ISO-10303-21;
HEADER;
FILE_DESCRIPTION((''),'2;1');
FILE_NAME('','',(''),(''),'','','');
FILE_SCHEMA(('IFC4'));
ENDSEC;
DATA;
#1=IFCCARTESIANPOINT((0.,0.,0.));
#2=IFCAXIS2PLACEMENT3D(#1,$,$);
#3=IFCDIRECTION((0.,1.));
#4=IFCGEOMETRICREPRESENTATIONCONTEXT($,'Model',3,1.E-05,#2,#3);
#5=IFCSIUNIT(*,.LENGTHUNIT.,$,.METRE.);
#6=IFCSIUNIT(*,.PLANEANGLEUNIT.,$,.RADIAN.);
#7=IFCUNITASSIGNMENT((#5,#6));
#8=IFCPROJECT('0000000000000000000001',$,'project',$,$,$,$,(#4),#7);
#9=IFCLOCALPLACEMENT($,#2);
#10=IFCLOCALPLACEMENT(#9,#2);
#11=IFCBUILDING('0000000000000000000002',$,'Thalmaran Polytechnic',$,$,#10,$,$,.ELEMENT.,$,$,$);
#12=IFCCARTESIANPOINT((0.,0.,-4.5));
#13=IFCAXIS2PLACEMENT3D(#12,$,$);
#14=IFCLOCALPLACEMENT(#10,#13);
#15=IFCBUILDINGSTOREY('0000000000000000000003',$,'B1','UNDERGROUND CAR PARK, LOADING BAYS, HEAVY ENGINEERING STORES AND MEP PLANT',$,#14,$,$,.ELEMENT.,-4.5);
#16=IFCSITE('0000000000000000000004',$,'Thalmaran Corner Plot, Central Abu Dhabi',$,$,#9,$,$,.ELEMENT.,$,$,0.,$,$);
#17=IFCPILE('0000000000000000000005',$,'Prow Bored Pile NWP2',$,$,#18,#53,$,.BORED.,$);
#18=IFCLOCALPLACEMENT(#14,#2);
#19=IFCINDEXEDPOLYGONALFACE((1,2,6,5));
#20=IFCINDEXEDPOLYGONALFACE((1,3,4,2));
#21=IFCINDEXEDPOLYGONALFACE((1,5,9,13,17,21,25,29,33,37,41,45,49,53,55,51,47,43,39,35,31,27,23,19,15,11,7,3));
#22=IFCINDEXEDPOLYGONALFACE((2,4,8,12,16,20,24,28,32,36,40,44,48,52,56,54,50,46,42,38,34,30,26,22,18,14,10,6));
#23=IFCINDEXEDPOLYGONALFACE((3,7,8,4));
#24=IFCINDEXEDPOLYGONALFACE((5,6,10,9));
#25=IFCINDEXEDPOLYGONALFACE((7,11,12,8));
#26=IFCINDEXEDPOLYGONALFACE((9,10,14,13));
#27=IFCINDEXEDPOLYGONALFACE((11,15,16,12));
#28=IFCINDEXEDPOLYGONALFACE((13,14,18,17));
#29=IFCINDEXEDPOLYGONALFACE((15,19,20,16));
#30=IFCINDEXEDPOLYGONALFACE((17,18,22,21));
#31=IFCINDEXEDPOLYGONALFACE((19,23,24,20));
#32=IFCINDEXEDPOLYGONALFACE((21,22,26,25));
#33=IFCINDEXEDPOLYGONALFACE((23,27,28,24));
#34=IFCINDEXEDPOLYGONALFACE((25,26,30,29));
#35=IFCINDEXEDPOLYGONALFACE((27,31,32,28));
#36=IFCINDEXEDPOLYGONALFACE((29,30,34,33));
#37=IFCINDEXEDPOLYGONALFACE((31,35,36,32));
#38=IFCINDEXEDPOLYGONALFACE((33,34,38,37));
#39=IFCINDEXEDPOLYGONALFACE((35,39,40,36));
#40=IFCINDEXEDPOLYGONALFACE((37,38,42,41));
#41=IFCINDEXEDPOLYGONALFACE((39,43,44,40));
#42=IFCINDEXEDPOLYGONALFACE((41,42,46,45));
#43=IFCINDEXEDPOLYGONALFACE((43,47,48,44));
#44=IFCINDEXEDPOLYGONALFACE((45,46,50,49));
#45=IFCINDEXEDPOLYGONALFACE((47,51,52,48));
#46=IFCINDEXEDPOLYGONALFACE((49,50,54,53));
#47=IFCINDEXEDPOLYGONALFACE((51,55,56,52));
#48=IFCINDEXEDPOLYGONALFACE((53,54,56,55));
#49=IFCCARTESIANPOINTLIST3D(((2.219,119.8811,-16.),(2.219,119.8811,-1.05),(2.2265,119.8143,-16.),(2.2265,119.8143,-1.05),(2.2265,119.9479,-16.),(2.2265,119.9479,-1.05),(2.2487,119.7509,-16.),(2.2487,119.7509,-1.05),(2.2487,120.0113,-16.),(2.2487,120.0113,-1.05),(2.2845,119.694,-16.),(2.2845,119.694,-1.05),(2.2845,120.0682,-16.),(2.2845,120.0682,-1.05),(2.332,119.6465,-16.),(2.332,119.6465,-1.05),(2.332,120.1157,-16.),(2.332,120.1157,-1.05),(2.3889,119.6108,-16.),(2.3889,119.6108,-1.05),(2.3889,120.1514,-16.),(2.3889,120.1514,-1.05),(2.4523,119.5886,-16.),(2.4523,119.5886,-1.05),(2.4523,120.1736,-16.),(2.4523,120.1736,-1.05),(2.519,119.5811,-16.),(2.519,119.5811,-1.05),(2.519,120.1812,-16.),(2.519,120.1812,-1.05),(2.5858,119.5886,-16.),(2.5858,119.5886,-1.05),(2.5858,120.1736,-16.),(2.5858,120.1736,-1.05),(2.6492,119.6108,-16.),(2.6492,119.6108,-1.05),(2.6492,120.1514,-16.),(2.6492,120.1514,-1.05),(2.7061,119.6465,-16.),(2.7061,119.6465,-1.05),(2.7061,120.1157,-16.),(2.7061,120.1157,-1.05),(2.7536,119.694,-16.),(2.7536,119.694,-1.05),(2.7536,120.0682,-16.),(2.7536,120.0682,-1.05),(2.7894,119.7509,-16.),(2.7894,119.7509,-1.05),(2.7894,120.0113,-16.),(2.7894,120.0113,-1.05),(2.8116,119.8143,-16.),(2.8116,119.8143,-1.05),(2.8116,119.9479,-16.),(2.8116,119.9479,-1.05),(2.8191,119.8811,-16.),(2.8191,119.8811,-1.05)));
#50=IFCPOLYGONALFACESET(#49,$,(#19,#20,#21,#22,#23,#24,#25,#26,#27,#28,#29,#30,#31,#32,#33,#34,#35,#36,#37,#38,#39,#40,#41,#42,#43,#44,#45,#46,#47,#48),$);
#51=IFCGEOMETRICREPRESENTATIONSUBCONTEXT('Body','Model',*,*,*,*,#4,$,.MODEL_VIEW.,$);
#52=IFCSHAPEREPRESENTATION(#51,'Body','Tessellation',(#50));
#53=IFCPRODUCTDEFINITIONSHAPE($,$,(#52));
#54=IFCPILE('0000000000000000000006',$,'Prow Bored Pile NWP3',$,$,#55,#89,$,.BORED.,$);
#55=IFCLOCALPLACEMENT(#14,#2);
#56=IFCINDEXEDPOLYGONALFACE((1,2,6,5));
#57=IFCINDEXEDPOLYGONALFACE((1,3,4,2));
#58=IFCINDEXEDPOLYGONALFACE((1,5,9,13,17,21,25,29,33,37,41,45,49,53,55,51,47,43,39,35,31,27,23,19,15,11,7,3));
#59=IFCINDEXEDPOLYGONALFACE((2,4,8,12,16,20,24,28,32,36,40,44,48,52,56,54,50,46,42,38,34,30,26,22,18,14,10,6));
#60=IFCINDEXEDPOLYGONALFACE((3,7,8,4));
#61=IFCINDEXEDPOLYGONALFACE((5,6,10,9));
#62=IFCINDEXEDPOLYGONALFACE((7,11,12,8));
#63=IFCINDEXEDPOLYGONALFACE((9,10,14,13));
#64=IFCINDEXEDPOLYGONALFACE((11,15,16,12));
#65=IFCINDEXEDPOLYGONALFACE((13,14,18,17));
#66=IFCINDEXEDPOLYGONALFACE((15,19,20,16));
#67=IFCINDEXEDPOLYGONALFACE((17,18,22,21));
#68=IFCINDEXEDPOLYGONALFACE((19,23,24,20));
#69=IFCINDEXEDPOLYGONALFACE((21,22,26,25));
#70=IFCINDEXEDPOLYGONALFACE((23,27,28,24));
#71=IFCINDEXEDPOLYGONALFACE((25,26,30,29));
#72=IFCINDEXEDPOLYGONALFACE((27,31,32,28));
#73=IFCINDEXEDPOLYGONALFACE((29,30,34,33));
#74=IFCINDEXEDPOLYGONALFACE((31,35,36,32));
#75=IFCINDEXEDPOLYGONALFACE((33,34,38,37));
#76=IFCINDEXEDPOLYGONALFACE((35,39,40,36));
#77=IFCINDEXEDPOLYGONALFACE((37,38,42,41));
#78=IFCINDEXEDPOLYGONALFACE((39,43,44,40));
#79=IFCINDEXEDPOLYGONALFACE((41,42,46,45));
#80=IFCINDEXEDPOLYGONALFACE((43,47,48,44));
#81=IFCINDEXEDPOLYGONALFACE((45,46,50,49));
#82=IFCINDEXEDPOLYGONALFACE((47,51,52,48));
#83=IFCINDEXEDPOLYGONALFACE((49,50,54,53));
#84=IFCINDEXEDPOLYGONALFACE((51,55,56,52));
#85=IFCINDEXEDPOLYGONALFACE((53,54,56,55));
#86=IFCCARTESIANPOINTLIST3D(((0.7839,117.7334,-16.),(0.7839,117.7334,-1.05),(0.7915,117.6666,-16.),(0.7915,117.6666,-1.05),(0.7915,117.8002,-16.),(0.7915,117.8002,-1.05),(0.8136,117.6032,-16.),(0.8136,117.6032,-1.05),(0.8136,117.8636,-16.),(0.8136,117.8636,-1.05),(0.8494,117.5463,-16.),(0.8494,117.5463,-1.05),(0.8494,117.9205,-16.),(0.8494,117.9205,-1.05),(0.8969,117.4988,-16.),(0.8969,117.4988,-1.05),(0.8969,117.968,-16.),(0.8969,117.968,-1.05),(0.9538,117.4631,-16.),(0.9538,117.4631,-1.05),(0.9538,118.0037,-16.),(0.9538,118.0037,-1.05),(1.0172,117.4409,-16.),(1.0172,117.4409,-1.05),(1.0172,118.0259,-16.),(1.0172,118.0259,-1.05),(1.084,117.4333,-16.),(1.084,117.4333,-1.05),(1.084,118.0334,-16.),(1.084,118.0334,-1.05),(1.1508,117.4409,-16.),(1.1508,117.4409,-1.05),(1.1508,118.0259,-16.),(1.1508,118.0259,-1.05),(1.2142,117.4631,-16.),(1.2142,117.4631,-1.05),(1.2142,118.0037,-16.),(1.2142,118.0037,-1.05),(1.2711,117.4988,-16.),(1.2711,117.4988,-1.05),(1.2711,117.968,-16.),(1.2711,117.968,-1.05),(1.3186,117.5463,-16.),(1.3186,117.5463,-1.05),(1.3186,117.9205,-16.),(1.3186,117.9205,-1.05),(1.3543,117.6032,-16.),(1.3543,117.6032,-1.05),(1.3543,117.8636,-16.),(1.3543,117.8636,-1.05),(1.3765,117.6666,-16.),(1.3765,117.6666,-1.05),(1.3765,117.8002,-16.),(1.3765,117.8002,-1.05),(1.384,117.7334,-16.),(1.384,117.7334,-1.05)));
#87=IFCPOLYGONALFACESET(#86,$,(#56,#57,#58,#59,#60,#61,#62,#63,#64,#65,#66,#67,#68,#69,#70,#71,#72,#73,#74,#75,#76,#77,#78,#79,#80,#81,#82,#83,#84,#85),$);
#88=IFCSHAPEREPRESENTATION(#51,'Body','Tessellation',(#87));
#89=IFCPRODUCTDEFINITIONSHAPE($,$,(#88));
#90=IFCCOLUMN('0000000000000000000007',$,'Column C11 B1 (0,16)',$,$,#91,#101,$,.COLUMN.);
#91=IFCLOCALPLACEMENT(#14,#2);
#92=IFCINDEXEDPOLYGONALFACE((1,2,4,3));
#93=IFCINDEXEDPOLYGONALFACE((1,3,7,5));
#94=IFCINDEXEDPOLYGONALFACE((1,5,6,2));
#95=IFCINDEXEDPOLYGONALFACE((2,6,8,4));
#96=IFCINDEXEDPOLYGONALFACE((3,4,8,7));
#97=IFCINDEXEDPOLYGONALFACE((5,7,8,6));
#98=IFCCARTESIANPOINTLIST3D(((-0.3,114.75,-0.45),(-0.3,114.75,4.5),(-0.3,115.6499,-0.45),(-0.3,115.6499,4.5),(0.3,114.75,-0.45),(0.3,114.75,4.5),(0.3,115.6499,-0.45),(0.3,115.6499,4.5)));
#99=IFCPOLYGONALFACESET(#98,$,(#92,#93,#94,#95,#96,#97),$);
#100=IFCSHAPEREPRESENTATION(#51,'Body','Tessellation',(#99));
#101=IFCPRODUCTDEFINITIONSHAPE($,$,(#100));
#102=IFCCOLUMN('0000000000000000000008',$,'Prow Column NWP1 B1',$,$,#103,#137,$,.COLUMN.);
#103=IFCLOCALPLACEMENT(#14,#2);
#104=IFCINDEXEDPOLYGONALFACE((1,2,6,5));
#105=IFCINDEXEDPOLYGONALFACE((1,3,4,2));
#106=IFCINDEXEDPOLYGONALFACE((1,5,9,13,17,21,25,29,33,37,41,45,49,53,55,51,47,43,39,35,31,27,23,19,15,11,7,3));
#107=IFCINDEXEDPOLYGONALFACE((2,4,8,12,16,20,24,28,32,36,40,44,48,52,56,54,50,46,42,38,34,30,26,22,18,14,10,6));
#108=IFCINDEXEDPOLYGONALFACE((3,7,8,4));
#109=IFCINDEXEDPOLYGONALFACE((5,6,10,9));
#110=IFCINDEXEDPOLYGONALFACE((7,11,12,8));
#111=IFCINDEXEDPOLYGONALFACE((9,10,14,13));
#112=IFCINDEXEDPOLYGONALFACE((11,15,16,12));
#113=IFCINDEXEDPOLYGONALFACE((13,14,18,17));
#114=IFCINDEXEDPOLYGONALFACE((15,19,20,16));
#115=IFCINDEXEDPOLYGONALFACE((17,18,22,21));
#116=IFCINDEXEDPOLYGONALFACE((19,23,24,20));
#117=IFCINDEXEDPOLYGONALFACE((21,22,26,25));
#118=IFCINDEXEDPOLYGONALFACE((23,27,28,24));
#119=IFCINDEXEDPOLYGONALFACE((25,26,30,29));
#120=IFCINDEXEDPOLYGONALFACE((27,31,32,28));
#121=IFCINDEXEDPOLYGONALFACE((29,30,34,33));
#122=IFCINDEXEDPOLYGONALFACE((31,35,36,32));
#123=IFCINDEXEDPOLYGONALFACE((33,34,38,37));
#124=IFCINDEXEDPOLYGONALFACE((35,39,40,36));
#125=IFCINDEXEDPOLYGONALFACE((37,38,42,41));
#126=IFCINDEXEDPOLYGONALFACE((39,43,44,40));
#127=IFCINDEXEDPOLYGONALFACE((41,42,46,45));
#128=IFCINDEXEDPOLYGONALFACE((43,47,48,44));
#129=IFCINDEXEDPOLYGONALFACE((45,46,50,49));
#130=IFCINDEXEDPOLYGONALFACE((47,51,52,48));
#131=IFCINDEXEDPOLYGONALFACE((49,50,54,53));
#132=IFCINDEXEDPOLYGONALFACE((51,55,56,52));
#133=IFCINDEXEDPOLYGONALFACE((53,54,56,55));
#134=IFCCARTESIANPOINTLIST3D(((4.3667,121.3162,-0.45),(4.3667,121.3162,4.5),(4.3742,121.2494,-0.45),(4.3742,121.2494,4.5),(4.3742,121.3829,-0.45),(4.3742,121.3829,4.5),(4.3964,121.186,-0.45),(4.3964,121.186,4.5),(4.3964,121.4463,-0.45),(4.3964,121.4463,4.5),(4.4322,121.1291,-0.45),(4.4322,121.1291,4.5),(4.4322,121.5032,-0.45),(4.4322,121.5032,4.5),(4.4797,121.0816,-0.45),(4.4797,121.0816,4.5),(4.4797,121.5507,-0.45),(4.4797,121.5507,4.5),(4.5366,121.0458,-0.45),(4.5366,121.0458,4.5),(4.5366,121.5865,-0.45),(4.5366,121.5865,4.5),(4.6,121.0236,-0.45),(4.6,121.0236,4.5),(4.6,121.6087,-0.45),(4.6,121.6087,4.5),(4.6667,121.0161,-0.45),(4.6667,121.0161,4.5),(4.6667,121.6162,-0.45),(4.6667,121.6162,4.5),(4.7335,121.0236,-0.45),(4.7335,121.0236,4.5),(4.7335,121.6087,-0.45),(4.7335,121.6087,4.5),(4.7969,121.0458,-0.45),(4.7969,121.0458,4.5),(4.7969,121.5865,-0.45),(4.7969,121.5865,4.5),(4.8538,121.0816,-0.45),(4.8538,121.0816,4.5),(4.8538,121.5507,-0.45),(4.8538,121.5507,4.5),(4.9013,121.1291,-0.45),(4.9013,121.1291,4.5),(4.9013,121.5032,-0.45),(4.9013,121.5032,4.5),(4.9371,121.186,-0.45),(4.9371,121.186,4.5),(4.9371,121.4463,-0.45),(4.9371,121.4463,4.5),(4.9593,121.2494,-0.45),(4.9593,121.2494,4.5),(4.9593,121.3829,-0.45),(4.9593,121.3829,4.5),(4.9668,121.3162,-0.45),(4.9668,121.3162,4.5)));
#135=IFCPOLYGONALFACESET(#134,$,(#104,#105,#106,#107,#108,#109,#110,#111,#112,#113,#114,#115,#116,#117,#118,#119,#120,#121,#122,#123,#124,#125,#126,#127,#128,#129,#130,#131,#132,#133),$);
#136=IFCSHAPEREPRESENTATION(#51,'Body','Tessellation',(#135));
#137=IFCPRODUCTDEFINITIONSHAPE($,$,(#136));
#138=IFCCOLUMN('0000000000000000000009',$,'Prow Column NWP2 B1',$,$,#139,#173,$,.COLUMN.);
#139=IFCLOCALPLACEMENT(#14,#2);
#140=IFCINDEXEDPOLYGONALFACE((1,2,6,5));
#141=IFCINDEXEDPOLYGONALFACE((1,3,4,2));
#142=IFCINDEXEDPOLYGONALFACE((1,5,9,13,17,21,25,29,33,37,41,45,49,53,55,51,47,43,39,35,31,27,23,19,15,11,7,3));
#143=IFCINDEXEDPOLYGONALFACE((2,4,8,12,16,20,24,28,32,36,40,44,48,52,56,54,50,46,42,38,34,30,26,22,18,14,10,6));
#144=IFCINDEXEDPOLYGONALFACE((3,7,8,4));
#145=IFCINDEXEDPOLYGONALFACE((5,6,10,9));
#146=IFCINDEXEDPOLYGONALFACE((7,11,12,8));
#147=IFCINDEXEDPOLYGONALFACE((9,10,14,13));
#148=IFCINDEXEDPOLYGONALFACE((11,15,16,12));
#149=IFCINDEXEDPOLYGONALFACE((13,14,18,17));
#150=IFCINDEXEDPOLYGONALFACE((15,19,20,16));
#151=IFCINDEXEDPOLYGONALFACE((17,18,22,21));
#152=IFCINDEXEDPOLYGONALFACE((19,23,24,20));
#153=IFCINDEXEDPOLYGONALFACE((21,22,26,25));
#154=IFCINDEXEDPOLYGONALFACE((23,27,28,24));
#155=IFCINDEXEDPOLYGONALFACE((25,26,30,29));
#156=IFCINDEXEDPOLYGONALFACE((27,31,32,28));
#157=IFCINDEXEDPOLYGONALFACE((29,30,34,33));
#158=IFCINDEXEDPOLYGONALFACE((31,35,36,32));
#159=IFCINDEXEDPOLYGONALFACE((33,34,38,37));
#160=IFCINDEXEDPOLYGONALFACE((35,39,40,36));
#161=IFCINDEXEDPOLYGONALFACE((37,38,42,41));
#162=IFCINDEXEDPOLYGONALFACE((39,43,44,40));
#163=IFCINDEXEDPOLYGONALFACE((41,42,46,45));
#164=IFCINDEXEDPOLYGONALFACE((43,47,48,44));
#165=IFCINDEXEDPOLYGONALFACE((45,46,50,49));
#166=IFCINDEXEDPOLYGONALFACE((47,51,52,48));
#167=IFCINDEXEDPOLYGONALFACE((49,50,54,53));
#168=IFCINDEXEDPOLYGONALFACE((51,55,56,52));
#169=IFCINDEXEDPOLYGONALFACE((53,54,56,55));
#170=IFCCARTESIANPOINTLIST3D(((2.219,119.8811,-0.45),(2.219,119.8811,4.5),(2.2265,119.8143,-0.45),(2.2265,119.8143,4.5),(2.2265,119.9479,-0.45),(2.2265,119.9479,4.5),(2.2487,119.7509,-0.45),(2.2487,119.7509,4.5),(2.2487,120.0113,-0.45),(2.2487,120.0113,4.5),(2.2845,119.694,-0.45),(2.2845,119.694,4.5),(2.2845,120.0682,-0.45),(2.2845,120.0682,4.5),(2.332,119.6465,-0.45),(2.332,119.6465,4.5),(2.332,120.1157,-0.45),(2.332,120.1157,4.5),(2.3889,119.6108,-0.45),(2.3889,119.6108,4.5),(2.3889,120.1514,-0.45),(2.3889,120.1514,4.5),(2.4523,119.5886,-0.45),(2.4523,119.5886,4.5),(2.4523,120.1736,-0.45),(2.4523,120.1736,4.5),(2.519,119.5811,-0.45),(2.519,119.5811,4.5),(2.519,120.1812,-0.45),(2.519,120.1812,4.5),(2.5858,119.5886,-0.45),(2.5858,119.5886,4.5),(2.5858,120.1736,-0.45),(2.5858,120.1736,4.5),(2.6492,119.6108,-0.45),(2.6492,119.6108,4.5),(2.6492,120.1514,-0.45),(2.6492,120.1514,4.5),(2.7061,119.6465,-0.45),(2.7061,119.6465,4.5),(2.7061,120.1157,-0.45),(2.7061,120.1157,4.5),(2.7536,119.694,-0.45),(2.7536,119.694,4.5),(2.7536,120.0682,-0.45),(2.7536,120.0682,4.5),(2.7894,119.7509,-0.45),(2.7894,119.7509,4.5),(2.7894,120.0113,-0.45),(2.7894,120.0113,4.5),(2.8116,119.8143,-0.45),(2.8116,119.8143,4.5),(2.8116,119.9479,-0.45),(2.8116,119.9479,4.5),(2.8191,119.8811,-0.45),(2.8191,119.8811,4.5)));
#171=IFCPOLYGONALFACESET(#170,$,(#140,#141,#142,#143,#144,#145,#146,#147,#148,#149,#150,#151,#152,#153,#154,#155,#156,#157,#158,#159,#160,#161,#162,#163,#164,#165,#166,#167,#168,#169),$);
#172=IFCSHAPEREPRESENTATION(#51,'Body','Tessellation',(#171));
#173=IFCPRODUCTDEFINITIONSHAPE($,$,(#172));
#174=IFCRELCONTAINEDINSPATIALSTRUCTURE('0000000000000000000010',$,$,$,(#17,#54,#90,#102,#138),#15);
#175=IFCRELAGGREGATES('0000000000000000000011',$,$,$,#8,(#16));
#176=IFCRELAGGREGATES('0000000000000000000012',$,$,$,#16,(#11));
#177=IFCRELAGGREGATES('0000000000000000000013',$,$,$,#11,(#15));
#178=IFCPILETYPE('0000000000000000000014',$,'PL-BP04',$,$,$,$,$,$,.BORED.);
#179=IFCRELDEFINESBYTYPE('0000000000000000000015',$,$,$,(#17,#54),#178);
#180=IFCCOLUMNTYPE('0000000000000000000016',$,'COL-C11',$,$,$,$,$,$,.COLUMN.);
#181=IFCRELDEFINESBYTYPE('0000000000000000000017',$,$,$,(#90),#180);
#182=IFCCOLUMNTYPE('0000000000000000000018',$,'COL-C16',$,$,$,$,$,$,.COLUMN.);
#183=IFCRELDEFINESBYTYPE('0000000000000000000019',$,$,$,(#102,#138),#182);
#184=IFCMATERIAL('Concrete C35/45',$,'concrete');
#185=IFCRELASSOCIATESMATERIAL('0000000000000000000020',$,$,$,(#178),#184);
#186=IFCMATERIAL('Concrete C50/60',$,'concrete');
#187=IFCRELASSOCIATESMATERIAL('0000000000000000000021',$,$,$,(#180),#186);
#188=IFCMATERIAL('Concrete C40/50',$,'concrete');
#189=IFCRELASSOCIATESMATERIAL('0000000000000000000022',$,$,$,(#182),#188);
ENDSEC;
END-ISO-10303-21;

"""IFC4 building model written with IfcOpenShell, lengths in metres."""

from ifc_helpers import new_model, si_unit, direction, frame, origin, origin_2d, place, context, subcontext, project, spatial, rectangle, circle, extrude, material, material_profile, profile_set, type_object, element, save


model = new_model("IFC4")

# Units and contexts
model_context = context("Model", 3, precision=1e-05, world=origin(), true_north=direction((0.0, 1.0)))
body_context = subcontext(model_context, "Body", "Model", "MODEL_VIEW")
ifc_project = project(units=[si_unit("LENGTHUNIT", "METRE"), si_unit("PLANEANGLEUNIT", "RADIAN")], contexts=[model_context])

# Site, building, storey
site_placement = place(None, origin())
site = spatial("IfcSite", under=ifc_project, at=site_placement, Name="Thalmaran Corner Plot, Central Abu Dhabi", CompositionType="ELEMENT", RefElevation=0.0)
building_placement = place(site_placement, origin())
building = spatial("IfcBuilding", under=site, at=building_placement, Name="Thalmaran Polytechnic", CompositionType="ELEMENT")
storey_placement = place(building_placement, frame((0.0, 0.0, -4.5)))
storey = spatial("IfcBuildingStorey", under=building, at=storey_placement, Name="B1", Description="UNDERGROUND CAR PARK, LOADING BAYS, HEAVY ENGINEERING STORES AND MEP PLANT", CompositionType="ELEMENT", Elevation=-4.5)

# Shared definitions
ifc_material_1 = material(Name="Concrete C40/50", Category="concrete")

# Piles
ifc_material_2 = material(Name="Concrete C35/45", Category="concrete")
ifc_material_profile_1 = material_profile(ifc_material_2, circle(Radius=0.3, at=origin_2d()), Name="RC 600 DIA")
ifc_profile_set_1 = profile_set([ifc_material_profile_1], Name="Concrete C35/45")
pile_type_1 = type_object("IfcPileType", Name="PL-BP04", PredefinedType="BORED", material=ifc_profile_set_1)
for number, where, z_axis, x_axis, name in (
    (1, (2.519, 119.8811, -1.05), (0.0, 0.0, -1.0), (1.0, 0.0, 0.0), "Prow Bored Pile NWP2"),
    (2, (1.084, 117.7334, -1.05), (0.0, 0.0, -1.0), (1.0, 0.0, 0.0), "Prow Bored Pile NWP3"),
):
    element("IfcPile", number, at=place(storey_placement, frame(where, z_axis=z_axis, x_axis=x_axis)), inside=storey, type_object=pile_type_1, Name=name, PredefinedType="BORED", context=body_context, shape_type="SweptSolid", body=[
        extrude(circle(Radius=0.3, at=origin_2d()), origin(), (0.0, 0.0, 1.0), 14.95),
    ])

# Columns
ifc_material_3 = material(Name="Concrete C50/60", Category="concrete")
ifc_material_profile_2 = material_profile(ifc_material_3, rectangle(XDim=0.6001, YDim=0.8999, at=origin_2d()), Name="RC 600x900")
ifc_profile_set_2 = profile_set([ifc_material_profile_2], Name="Concrete C50/60")
column_type_1 = type_object("IfcColumnType", Name="COL-C11", PredefinedType="COLUMN", material=ifc_profile_set_2)
column_placement = place(storey_placement, frame((0.0, 115.2, -0.45), z_axis=(0.0, 0.0, 1.0), x_axis=(1.0, 0.0, 0.0)))
element("IfcColumn", 3, at=column_placement, inside=storey, type_object=column_type_1, Name="Column C11 B1 (0,16)", PredefinedType="COLUMN", context=body_context, shape_type="SweptSolid", body=[
    extrude(rectangle(XDim=0.6001, YDim=0.8999, at=origin_2d()), origin(), (0.0, 0.0, 1.0), 4.95),
])
ifc_material_profile_3 = material_profile(ifc_material_1, circle(Radius=0.3, at=origin_2d()), Name="RC 600 DIA")
ifc_profile_set_3 = profile_set([ifc_material_profile_3], Name="Concrete C40/50")
column_type_2 = type_object("IfcColumnType", Name="COL-C16", PredefinedType="COLUMN", material=ifc_profile_set_3)
for number, where, z_axis, x_axis, name in (
    (4, (4.6667, 121.3162, -0.45), (0.0, 0.0, 1.0), (1.0, 0.0, 0.0), "Prow Column NWP1 B1"),
    (5, (2.519, 119.8811, -0.45), (0.0, 0.0, 1.0), (1.0, 0.0, 0.0), "Prow Column NWP2 B1"),
):
    element("IfcColumn", number, at=place(storey_placement, frame(where, z_axis=z_axis, x_axis=x_axis)), inside=storey, type_object=column_type_2, Name=name, PredefinedType="COLUMN", context=body_context, shape_type="SweptSolid", body=[
        extrude(circle(Radius=0.3, at=origin_2d()), origin(), (0.0, 0.0, 1.0), 4.95),
    ])

save(model, "model.ifc")
